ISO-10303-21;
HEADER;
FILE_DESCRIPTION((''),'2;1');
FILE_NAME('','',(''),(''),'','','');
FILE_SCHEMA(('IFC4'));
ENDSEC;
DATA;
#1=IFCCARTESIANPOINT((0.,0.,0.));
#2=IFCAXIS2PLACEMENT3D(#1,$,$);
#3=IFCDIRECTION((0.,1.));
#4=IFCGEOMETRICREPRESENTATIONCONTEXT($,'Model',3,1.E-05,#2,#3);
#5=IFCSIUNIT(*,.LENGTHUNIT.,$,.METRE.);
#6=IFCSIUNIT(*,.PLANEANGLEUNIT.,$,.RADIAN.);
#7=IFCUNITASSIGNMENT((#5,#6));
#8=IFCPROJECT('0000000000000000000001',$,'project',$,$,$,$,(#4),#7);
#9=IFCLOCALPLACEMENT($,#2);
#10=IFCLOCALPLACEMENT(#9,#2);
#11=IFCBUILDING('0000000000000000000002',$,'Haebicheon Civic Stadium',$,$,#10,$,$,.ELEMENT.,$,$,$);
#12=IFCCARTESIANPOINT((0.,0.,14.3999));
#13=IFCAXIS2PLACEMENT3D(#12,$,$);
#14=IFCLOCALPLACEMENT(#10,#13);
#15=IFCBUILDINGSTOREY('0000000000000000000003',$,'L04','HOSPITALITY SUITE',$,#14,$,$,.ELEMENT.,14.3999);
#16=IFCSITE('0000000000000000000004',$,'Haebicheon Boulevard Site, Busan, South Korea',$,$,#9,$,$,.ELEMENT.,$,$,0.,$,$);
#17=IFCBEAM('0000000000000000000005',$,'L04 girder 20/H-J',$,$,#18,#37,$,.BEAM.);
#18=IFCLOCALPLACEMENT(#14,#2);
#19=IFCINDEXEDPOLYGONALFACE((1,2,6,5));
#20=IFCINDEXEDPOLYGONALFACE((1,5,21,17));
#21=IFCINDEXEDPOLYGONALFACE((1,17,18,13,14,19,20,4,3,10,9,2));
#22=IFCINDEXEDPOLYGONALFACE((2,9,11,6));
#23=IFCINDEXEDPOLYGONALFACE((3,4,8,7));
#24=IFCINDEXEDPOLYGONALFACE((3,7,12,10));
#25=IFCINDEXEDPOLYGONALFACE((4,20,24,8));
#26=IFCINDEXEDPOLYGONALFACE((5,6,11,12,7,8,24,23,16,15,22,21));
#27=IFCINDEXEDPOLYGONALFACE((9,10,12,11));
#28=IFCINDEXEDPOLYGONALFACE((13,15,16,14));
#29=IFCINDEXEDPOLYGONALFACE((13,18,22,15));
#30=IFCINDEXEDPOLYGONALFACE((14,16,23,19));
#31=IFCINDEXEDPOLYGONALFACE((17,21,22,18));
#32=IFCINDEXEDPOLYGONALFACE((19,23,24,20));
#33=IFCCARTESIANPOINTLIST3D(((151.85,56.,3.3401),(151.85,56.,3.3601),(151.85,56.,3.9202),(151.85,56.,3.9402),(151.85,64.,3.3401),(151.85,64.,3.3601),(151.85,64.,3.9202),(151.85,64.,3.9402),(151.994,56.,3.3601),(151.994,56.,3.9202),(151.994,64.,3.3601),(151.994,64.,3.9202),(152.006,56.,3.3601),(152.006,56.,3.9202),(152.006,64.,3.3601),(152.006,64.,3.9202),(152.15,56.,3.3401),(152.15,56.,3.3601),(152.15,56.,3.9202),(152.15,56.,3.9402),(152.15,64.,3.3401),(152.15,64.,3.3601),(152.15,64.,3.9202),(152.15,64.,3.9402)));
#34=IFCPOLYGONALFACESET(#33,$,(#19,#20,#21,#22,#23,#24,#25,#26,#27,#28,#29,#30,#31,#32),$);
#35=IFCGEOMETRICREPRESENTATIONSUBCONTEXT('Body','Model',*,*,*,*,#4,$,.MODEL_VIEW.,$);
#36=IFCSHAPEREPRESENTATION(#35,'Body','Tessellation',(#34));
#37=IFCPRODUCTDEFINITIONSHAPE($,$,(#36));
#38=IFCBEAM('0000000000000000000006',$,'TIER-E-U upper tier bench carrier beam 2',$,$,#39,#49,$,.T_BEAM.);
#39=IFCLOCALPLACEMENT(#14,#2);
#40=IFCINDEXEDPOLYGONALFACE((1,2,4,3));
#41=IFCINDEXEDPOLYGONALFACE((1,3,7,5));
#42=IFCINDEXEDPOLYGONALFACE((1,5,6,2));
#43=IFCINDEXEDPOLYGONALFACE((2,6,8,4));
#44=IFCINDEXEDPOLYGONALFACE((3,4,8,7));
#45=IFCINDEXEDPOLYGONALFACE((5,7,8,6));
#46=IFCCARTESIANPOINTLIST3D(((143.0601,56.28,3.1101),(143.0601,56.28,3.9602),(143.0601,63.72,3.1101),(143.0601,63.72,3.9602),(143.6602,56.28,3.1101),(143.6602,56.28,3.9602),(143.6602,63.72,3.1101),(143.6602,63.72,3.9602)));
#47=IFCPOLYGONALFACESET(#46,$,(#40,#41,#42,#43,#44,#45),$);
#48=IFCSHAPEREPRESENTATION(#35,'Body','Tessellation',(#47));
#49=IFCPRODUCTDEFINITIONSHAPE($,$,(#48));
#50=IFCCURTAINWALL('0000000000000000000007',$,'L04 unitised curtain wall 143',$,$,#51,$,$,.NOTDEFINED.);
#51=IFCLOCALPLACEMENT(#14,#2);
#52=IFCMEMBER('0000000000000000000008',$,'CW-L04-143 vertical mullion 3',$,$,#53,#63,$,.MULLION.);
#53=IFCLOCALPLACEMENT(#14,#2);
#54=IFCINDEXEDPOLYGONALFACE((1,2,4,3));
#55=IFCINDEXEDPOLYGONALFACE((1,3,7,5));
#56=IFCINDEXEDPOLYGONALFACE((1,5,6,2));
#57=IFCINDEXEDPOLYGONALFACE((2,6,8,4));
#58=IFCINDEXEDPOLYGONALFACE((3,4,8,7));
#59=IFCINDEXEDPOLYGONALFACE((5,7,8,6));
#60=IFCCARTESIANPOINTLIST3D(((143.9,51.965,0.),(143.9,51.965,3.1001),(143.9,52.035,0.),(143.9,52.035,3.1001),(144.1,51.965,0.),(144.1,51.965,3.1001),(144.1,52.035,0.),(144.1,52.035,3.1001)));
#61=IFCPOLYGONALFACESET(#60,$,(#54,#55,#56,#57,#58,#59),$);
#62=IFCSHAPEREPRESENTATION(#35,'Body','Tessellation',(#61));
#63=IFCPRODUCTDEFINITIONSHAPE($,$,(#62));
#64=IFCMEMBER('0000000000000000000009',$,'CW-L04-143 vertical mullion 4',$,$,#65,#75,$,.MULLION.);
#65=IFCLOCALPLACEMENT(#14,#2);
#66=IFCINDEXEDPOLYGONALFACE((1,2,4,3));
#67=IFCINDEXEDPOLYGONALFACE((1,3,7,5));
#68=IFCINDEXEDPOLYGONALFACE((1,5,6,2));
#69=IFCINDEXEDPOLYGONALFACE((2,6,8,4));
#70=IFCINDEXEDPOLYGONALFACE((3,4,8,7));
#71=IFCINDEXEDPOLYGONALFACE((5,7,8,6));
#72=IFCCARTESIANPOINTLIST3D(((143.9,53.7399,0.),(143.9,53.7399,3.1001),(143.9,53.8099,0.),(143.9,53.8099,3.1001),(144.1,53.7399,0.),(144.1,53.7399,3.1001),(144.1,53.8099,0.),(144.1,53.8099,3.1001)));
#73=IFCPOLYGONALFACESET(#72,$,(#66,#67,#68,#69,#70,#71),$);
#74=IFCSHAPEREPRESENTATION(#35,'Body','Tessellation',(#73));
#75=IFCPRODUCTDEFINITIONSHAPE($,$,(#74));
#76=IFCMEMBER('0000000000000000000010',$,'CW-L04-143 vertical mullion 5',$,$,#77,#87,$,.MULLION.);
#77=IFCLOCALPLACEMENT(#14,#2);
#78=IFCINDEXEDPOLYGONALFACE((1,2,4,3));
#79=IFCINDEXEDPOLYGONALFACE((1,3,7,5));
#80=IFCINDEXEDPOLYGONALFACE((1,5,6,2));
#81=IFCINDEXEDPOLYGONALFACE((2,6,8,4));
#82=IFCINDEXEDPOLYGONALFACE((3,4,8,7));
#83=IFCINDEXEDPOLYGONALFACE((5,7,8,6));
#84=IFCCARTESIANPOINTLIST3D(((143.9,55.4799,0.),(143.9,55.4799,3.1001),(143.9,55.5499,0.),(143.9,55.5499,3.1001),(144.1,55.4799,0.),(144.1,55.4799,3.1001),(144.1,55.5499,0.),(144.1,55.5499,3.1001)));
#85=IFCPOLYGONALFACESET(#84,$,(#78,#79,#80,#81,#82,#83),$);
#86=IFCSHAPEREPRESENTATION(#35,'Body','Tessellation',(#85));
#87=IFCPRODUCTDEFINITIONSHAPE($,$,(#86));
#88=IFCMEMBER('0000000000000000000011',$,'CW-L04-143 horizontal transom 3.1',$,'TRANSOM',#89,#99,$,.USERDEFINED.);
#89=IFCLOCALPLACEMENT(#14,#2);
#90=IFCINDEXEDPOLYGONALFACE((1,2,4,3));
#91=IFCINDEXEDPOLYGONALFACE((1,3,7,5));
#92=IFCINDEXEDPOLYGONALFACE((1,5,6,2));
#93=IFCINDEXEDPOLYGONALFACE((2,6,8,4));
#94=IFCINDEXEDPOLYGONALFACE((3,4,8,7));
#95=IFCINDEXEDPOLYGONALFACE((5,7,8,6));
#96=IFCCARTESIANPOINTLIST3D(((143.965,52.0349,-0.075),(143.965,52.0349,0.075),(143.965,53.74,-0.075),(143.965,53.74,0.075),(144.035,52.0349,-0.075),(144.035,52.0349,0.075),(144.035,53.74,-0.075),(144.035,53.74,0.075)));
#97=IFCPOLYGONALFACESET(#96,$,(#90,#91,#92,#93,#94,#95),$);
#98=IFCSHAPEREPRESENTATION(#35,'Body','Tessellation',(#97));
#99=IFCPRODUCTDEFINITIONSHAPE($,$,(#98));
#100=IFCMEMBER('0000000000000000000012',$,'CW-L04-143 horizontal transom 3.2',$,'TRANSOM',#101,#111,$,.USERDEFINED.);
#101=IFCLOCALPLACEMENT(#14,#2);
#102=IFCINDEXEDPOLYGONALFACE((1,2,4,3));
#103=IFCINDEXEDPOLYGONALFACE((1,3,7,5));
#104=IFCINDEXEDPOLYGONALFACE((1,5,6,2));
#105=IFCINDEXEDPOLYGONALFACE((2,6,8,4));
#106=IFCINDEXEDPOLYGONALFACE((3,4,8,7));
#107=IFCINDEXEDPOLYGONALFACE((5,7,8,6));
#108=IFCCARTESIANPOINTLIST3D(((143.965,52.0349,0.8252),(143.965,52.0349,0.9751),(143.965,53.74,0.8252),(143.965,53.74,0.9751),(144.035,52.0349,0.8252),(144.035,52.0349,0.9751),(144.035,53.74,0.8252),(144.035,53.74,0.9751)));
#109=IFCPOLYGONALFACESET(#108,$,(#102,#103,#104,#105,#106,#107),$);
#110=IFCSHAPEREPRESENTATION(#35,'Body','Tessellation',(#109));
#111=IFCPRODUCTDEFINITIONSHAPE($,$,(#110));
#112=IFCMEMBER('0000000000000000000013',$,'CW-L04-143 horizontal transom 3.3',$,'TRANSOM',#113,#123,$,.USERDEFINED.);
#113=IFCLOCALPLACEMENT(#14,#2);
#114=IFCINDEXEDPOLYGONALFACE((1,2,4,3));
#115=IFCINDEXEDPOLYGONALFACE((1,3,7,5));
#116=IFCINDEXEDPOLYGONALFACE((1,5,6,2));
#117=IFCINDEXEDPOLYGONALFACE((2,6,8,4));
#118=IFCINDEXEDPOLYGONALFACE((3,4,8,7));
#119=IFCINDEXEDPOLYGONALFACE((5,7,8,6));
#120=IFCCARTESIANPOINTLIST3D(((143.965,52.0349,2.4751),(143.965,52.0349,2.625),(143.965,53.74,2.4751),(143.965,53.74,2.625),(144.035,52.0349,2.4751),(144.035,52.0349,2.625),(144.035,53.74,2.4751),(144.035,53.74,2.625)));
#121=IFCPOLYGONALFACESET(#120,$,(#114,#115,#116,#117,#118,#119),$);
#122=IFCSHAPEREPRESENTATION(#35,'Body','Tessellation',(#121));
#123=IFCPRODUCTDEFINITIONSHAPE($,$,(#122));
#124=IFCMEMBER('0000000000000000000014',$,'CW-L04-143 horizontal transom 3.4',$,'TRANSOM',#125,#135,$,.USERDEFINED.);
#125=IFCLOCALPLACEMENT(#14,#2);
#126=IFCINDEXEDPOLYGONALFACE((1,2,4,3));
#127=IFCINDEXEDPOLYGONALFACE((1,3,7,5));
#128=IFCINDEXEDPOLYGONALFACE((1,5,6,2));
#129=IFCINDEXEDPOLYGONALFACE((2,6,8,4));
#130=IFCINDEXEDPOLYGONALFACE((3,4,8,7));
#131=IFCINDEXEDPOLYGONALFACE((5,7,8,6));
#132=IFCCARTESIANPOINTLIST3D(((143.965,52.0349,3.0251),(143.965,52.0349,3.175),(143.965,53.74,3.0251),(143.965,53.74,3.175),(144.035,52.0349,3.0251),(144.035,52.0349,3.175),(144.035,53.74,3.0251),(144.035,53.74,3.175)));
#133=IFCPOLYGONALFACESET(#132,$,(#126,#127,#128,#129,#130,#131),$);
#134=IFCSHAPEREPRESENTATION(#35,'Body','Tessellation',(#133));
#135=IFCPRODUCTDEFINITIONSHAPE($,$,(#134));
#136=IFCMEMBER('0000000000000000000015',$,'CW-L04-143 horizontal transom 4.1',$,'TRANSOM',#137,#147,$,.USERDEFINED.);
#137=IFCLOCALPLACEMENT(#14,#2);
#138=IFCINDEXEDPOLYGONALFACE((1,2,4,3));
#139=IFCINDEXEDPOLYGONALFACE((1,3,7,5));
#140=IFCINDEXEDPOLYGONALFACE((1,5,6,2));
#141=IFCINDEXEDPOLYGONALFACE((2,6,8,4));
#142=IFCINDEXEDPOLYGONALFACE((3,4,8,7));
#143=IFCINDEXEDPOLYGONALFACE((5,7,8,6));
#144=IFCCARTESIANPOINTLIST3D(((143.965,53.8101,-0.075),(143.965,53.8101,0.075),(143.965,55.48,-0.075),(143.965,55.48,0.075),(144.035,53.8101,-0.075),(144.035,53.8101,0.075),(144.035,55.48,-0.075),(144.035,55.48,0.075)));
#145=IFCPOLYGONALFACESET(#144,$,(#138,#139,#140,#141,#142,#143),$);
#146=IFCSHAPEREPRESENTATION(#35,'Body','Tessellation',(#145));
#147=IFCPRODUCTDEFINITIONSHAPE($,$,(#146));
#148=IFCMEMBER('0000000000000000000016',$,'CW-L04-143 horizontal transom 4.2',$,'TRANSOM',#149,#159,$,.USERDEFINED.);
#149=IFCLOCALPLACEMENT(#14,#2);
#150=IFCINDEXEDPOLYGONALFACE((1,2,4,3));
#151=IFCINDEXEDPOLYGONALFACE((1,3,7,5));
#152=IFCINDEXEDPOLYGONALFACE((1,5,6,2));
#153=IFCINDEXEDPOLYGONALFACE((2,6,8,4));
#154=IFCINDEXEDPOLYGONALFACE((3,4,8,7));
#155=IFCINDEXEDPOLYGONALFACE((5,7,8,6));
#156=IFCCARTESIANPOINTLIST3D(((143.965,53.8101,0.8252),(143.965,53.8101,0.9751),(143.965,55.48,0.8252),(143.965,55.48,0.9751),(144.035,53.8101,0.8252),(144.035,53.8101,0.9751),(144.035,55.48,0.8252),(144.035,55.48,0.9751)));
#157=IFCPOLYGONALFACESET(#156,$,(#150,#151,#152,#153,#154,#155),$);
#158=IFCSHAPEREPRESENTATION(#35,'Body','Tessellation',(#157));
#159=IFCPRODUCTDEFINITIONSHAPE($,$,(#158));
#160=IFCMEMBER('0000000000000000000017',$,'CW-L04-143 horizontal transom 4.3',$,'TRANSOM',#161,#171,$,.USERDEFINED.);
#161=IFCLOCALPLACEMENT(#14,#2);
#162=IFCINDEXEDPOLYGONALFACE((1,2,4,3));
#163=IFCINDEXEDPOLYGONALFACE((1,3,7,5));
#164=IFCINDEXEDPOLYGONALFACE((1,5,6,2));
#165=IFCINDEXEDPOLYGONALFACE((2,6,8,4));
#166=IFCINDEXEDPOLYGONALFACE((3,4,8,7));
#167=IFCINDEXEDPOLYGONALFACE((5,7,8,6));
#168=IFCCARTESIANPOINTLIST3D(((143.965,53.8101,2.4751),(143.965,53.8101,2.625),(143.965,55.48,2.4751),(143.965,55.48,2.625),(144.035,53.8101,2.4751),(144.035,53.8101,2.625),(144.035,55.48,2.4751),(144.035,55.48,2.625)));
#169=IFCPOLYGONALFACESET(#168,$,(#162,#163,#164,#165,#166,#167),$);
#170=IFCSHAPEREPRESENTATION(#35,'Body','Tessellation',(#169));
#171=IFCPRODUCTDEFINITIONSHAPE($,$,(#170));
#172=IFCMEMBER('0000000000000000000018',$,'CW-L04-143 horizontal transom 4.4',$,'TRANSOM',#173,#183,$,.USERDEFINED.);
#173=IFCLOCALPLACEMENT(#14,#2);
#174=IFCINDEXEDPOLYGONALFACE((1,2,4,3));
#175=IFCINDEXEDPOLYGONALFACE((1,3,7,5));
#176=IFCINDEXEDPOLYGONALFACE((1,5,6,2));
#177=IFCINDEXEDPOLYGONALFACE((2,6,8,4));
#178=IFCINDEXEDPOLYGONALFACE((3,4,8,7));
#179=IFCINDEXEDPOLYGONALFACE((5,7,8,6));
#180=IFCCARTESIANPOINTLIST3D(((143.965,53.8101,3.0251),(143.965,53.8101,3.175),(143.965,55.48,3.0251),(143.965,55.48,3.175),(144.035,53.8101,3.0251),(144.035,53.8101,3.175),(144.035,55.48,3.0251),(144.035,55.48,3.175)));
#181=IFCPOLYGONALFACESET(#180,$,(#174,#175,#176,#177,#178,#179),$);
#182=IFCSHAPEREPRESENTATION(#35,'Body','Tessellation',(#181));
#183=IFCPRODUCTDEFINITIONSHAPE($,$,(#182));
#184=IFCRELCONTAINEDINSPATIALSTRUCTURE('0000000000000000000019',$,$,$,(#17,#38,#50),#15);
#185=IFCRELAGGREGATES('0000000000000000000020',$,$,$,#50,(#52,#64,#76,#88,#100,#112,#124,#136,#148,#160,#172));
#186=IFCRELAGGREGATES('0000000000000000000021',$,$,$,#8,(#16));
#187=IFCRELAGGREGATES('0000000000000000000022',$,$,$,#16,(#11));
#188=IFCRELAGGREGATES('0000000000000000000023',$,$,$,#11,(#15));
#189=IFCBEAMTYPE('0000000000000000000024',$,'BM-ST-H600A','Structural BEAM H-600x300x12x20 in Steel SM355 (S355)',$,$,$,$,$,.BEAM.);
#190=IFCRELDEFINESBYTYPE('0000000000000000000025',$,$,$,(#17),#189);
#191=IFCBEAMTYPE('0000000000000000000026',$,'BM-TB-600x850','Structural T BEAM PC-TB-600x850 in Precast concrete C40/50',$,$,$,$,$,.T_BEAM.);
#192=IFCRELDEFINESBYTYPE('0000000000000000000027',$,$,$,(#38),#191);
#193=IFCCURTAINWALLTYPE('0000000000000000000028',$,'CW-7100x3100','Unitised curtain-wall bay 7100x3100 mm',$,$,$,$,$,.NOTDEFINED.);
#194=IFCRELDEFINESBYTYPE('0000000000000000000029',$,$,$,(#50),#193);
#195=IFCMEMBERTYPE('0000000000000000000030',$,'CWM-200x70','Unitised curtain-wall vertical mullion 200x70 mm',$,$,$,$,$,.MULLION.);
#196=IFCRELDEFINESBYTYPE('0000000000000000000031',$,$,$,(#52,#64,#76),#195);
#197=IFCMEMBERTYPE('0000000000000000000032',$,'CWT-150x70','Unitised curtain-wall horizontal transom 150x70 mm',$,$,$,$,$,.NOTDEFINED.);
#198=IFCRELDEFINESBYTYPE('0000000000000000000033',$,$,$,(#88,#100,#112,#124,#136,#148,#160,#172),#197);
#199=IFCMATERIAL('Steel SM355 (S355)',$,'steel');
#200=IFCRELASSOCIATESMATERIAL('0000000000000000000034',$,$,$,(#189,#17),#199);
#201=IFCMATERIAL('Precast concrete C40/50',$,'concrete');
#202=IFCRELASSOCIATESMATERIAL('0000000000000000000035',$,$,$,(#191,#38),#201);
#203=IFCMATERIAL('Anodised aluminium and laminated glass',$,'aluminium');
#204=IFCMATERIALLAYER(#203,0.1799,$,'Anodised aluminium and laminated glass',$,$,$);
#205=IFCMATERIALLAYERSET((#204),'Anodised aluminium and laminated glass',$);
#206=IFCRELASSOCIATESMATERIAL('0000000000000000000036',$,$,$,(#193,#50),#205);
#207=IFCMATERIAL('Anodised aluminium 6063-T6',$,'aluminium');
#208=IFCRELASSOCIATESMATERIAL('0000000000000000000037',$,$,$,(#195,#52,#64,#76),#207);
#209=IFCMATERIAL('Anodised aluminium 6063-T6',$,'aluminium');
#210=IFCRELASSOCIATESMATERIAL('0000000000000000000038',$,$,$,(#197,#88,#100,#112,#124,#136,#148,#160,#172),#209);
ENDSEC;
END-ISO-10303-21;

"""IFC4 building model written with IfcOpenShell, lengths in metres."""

from ifc_helpers import new_model, si_unit, direction, frame, origin, origin_2d, place, context, subcontext, project, spatial, rectangle, i_section, extrude, material, layer, layer_set, material_profile, profile_set, type_object, element, aggregate, save


model = new_model("IFC4")

# Units and contexts
model_context = context("Model", 3, precision=1e-05, world=origin(), true_north=direction((0.0, 1.0)))
body_context = subcontext(model_context, "Body", "Model", "MODEL_VIEW")
ifc_project = project(units=[si_unit("LENGTHUNIT", "METRE"), si_unit("PLANEANGLEUNIT", "RADIAN")], contexts=[model_context])

# Site, building, storey
site_placement = place(None, origin())
site = spatial("IfcSite", under=ifc_project, at=site_placement, Name="Haebicheon Boulevard Site, Busan, South Korea", CompositionType="ELEMENT", RefElevation=0.0)
building_placement = place(site_placement, origin())
building = spatial("IfcBuilding", under=site, at=building_placement, Name="Haebicheon Civic Stadium", CompositionType="ELEMENT")
storey_placement = place(building_placement, frame((0.0, 0.0, 14.3999)))
storey = spatial("IfcBuildingStorey", under=building, at=storey_placement, Name="L04", Description="HOSPITALITY SUITE", CompositionType="ELEMENT", Elevation=14.3999)

# Beams
ifc_material_1 = material(Name="Steel SM355 (S355)", Category="steel")
ifc_material_profile_1 = material_profile(ifc_material_1, i_section(OverallWidth=0.3, OverallDepth=0.6001, WebThickness=0.012, FlangeThickness=0.02, at=origin_2d()), Name="H-600x300x12x20")
ifc_profile_set_1 = profile_set([ifc_material_profile_1], Name="Steel SM355 (S355)")
beam_type_1 = type_object("IfcBeamType", Name="BM-ST-H600A", Description="Structural BEAM H-600x300x12x20 in Steel SM355 (S355)", PredefinedType="BEAM", material=ifc_profile_set_1)
beam_1_placement = place(storey_placement, frame((152.0, 56.0, 3.6401), z_axis=(0.0, 1.0, 0.0), x_axis=(-1.0, 0.0, 0.0)))
element("IfcBeam", 1, at=beam_1_placement, inside=storey, type_object=beam_type_1, material=ifc_profile_set_1, Name="L04 girder 20/H-J", PredefinedType="BEAM", context=body_context, shape_type="SweptSolid", body=[
    extrude(i_section(OverallWidth=0.3, OverallDepth=0.6001, WebThickness=0.012, FlangeThickness=0.02, at=origin_2d()), origin(), (0.0, 0.0, 1.0), 8.0),
])
ifc_material_2 = material(Name="Precast concrete C40/50", Category="concrete")
ifc_material_profile_2 = material_profile(ifc_material_2, rectangle(XDim=0.6001, YDim=0.8501, at=origin_2d()), Name="PC-TB-600x850")
ifc_profile_set_2 = profile_set([ifc_material_profile_2], Name="Precast concrete C40/50")
beam_type_2 = type_object("IfcBeamType", Name="BM-TB-600x850", Description="Structural T BEAM PC-TB-600x850 in Precast concrete C40/50", PredefinedType="T_BEAM", material=ifc_profile_set_2)
beam_2_placement = place(storey_placement, frame((143.3601, 56.28, 3.5352), z_axis=(0.0, 1.0, 0.0), x_axis=(-1.0, 0.0, 0.0)))
element("IfcBeam", 2, at=beam_2_placement, inside=storey, type_object=beam_type_2, material=ifc_profile_set_2, Name="TIER-E-U upper tier bench carrier beam 2", PredefinedType="T_BEAM", context=body_context, shape_type="SweptSolid", body=[
    extrude(rectangle(XDim=0.6001, YDim=0.8501, at=origin_2d()), origin(), (0.0, 0.0, 1.0), 7.4399),
])

# Curtain wall, members
ifc_material_3 = material(Name="Anodised aluminium and laminated glass", Category="aluminium")
ifc_layer_1 = layer(ifc_material_3, 0.1799, Name="Anodised aluminium and laminated glass")
ifc_layer_set_1 = layer_set([ifc_layer_1], Name="Anodised aluminium and laminated glass")
curtain_wall_type = type_object("IfcCurtainWallType", Name="CW-7100x3100", Description="Unitised curtain-wall bay 7100x3100 mm", PredefinedType="NOTDEFINED", material=ifc_layer_set_1)
curtain_wall_placement = place(storey_placement, origin())
curtain_wall = element("IfcCurtainWall", 3, at=curtain_wall_placement, inside=storey, type_object=curtain_wall_type, material=ifc_layer_set_1, Name="L04 unitised curtain wall 143", PredefinedType="NOTDEFINED")
ifc_material_4 = material(Name="Anodised aluminium 6063-T6", Category="aluminium")
ifc_material_profile_3 = material_profile(ifc_material_4, rectangle(XDim=0.0701, YDim=0.2, at=origin_2d()), Name="ALU-MULL-70x200")
ifc_profile_set_3 = profile_set([ifc_material_profile_3], Name="Anodised aluminium 6063-T6")
member_type_1 = type_object("IfcMemberType", Name="CWM-200x70", Description="Unitised curtain-wall vertical mullion 200x70 mm", PredefinedType="MULLION", material=ifc_profile_set_3)
member_1_placement = place(storey_placement, frame((144.0, 52.0, 0.0), z_axis=(0.0, 0.0, 1.0), x_axis=(0.0, 1.0, 0.0)))
member_1 = element("IfcMember", 4, at=member_1_placement, type_object=member_type_1, material=ifc_profile_set_3, Name="CW-L04-143 vertical mullion 3", PredefinedType="MULLION", context=body_context, shape_type="SweptSolid", body=[
    extrude(rectangle(XDim=0.0701, YDim=0.2, at=origin_2d()), origin(), (0.0, 0.0, 1.0), 3.1001),
])
member_2_placement = place(storey_placement, frame((144.0, 53.7749, 0.0), z_axis=(0.0, 0.0, 1.0), x_axis=(0.0, 1.0, 0.0)))
member_2 = element("IfcMember", 5, at=member_2_placement, type_object=member_type_1, material=ifc_profile_set_3, Name="CW-L04-143 vertical mullion 4", PredefinedType="MULLION", context=body_context, shape_type="SweptSolid", body=[
    extrude(rectangle(XDim=0.0701, YDim=0.2, at=origin_2d()), origin(), (0.0, 0.0, 1.0), 3.1001),
])
member_3_placement = place(storey_placement, frame((144.0, 55.5149, 0.0), z_axis=(0.0, 0.0, 1.0), x_axis=(0.0, 1.0, 0.0)))
member_3 = element("IfcMember", 6, at=member_3_placement, type_object=member_type_1, material=ifc_profile_set_3, Name="CW-L04-143 vertical mullion 5", PredefinedType="MULLION", context=body_context, shape_type="SweptSolid", body=[
    extrude(rectangle(XDim=0.0701, YDim=0.2, at=origin_2d()), origin(), (0.0, 0.0, 1.0), 3.1001),
])
ifc_material_5 = material(Name="Anodised aluminium 6063-T6", Category="aluminium")
ifc_material_profile_4 = material_profile(ifc_material_5, rectangle(XDim=0.0701, YDim=0.1499, at=origin_2d()), Name="ALU-TRAN-70x150")
ifc_profile_set_4 = profile_set([ifc_material_profile_4], Name="Anodised aluminium 6063-T6")
member_type_2 = type_object("IfcMemberType", Name="CWT-150x70", Description="Unitised curtain-wall horizontal transom 150x70 mm", PredefinedType="NOTDEFINED", material=ifc_profile_set_4)
member_4_placement = place(storey_placement, frame((144.0, 52.0349, 0.0), z_axis=(0.0, 1.0, 0.0), x_axis=(-1.0, 0.0, 0.0)))
member_4 = element("IfcMember", 7, at=member_4_placement, type_object=member_type_2, material=ifc_profile_set_4, Name="CW-L04-143 horizontal transom 3.1", ObjectType="TRANSOM", PredefinedType="USERDEFINED", context=body_context, shape_type="SweptSolid", body=[
    extrude(rectangle(XDim=0.0701, YDim=0.1499, at=origin_2d()), origin(), (0.0, 0.0, 1.0), 1.7051),
])
member_5_placement = place(storey_placement, frame((144.0, 52.0349, 0.9001), z_axis=(0.0, 1.0, 0.0), x_axis=(-1.0, 0.0, 0.0)))
member_5 = element("IfcMember", 8, at=member_5_placement, type_object=member_type_2, material=ifc_profile_set_4, Name="CW-L04-143 horizontal transom 3.2", ObjectType="TRANSOM", PredefinedType="USERDEFINED", context=body_context, shape_type="SweptSolid", body=[
    extrude(rectangle(XDim=0.0701, YDim=0.1499, at=origin_2d()), origin(), (0.0, 0.0, 1.0), 1.7051),
])
member_6_placement = place(storey_placement, frame((144.0, 52.0349, 2.55), z_axis=(0.0, 1.0, 0.0), x_axis=(-1.0, 0.0, 0.0)))
member_6 = element("IfcMember", 9, at=member_6_placement, type_object=member_type_2, material=ifc_profile_set_4, Name="CW-L04-143 horizontal transom 3.3", ObjectType="TRANSOM", PredefinedType="USERDEFINED", context=body_context, shape_type="SweptSolid", body=[
    extrude(rectangle(XDim=0.0701, YDim=0.1499, at=origin_2d()), origin(), (0.0, 0.0, 1.0), 1.7051),
])
member_7_placement = place(storey_placement, frame((144.0, 52.0349, 3.1001), z_axis=(0.0, 1.0, 0.0), x_axis=(-1.0, 0.0, 0.0)))
member_7 = element("IfcMember", 10, at=member_7_placement, type_object=member_type_2, material=ifc_profile_set_4, Name="CW-L04-143 horizontal transom 3.4", ObjectType="TRANSOM", PredefinedType="USERDEFINED", context=body_context, shape_type="SweptSolid", body=[
    extrude(rectangle(XDim=0.0701, YDim=0.1499, at=origin_2d()), origin(), (0.0, 0.0, 1.0), 1.7051),
])
member_8_placement = place(storey_placement, frame((144.0, 53.8101, 0.0), z_axis=(0.0, 1.0, 0.0), x_axis=(-1.0, 0.0, 0.0)))
member_8 = element("IfcMember", 11, at=member_8_placement, type_object=member_type_2, material=ifc_profile_set_4, Name="CW-L04-143 horizontal transom 4.1", ObjectType="TRANSOM", PredefinedType="USERDEFINED", context=body_context, shape_type="SweptSolid", body=[
    extrude(rectangle(XDim=0.0701, YDim=0.1499, at=origin_2d()), origin(), (0.0, 0.0, 1.0), 1.6699),
])
member_9_placement = place(storey_placement, frame((144.0, 53.8101, 0.9001), z_axis=(0.0, 1.0, 0.0), x_axis=(-1.0, 0.0, 0.0)))
member_9 = element("IfcMember", 12, at=member_9_placement, type_object=member_type_2, material=ifc_profile_set_4, Name="CW-L04-143 horizontal transom 4.2", ObjectType="TRANSOM", PredefinedType="USERDEFINED", context=body_context, shape_type="SweptSolid", body=[
    extrude(rectangle(XDim=0.0701, YDim=0.1499, at=origin_2d()), origin(), (0.0, 0.0, 1.0), 1.6699),
])
member_10_placement = place(storey_placement, frame((144.0, 53.8101, 2.55), z_axis=(0.0, 1.0, 0.0), x_axis=(-1.0, 0.0, 0.0)))
member_10 = element("IfcMember", 13, at=member_10_placement, type_object=member_type_2, material=ifc_profile_set_4, Name="CW-L04-143 horizontal transom 4.3", ObjectType="TRANSOM", PredefinedType="USERDEFINED", context=body_context, shape_type="SweptSolid", body=[
    extrude(rectangle(XDim=0.0701, YDim=0.1499, at=origin_2d()), origin(), (0.0, 0.0, 1.0), 1.6699),
])
member_11_placement = place(storey_placement, frame((144.0, 53.8101, 3.1001), z_axis=(0.0, 1.0, 0.0), x_axis=(-1.0, 0.0, 0.0)))
member_11 = element("IfcMember", 14, at=member_11_placement, type_object=member_type_2, material=ifc_profile_set_4, Name="CW-L04-143 horizontal transom 4.4", ObjectType="TRANSOM", PredefinedType="USERDEFINED", context=body_context, shape_type="SweptSolid", body=[
    extrude(rectangle(XDim=0.0701, YDim=0.1499, at=origin_2d()), origin(), (0.0, 0.0, 1.0), 1.6699),
])

aggregate(curtain_wall, [member_1, member_2, member_3, member_4, member_5, member_6, member_7, member_8, member_9, member_10, member_11])

save(model, "model.ifc")
